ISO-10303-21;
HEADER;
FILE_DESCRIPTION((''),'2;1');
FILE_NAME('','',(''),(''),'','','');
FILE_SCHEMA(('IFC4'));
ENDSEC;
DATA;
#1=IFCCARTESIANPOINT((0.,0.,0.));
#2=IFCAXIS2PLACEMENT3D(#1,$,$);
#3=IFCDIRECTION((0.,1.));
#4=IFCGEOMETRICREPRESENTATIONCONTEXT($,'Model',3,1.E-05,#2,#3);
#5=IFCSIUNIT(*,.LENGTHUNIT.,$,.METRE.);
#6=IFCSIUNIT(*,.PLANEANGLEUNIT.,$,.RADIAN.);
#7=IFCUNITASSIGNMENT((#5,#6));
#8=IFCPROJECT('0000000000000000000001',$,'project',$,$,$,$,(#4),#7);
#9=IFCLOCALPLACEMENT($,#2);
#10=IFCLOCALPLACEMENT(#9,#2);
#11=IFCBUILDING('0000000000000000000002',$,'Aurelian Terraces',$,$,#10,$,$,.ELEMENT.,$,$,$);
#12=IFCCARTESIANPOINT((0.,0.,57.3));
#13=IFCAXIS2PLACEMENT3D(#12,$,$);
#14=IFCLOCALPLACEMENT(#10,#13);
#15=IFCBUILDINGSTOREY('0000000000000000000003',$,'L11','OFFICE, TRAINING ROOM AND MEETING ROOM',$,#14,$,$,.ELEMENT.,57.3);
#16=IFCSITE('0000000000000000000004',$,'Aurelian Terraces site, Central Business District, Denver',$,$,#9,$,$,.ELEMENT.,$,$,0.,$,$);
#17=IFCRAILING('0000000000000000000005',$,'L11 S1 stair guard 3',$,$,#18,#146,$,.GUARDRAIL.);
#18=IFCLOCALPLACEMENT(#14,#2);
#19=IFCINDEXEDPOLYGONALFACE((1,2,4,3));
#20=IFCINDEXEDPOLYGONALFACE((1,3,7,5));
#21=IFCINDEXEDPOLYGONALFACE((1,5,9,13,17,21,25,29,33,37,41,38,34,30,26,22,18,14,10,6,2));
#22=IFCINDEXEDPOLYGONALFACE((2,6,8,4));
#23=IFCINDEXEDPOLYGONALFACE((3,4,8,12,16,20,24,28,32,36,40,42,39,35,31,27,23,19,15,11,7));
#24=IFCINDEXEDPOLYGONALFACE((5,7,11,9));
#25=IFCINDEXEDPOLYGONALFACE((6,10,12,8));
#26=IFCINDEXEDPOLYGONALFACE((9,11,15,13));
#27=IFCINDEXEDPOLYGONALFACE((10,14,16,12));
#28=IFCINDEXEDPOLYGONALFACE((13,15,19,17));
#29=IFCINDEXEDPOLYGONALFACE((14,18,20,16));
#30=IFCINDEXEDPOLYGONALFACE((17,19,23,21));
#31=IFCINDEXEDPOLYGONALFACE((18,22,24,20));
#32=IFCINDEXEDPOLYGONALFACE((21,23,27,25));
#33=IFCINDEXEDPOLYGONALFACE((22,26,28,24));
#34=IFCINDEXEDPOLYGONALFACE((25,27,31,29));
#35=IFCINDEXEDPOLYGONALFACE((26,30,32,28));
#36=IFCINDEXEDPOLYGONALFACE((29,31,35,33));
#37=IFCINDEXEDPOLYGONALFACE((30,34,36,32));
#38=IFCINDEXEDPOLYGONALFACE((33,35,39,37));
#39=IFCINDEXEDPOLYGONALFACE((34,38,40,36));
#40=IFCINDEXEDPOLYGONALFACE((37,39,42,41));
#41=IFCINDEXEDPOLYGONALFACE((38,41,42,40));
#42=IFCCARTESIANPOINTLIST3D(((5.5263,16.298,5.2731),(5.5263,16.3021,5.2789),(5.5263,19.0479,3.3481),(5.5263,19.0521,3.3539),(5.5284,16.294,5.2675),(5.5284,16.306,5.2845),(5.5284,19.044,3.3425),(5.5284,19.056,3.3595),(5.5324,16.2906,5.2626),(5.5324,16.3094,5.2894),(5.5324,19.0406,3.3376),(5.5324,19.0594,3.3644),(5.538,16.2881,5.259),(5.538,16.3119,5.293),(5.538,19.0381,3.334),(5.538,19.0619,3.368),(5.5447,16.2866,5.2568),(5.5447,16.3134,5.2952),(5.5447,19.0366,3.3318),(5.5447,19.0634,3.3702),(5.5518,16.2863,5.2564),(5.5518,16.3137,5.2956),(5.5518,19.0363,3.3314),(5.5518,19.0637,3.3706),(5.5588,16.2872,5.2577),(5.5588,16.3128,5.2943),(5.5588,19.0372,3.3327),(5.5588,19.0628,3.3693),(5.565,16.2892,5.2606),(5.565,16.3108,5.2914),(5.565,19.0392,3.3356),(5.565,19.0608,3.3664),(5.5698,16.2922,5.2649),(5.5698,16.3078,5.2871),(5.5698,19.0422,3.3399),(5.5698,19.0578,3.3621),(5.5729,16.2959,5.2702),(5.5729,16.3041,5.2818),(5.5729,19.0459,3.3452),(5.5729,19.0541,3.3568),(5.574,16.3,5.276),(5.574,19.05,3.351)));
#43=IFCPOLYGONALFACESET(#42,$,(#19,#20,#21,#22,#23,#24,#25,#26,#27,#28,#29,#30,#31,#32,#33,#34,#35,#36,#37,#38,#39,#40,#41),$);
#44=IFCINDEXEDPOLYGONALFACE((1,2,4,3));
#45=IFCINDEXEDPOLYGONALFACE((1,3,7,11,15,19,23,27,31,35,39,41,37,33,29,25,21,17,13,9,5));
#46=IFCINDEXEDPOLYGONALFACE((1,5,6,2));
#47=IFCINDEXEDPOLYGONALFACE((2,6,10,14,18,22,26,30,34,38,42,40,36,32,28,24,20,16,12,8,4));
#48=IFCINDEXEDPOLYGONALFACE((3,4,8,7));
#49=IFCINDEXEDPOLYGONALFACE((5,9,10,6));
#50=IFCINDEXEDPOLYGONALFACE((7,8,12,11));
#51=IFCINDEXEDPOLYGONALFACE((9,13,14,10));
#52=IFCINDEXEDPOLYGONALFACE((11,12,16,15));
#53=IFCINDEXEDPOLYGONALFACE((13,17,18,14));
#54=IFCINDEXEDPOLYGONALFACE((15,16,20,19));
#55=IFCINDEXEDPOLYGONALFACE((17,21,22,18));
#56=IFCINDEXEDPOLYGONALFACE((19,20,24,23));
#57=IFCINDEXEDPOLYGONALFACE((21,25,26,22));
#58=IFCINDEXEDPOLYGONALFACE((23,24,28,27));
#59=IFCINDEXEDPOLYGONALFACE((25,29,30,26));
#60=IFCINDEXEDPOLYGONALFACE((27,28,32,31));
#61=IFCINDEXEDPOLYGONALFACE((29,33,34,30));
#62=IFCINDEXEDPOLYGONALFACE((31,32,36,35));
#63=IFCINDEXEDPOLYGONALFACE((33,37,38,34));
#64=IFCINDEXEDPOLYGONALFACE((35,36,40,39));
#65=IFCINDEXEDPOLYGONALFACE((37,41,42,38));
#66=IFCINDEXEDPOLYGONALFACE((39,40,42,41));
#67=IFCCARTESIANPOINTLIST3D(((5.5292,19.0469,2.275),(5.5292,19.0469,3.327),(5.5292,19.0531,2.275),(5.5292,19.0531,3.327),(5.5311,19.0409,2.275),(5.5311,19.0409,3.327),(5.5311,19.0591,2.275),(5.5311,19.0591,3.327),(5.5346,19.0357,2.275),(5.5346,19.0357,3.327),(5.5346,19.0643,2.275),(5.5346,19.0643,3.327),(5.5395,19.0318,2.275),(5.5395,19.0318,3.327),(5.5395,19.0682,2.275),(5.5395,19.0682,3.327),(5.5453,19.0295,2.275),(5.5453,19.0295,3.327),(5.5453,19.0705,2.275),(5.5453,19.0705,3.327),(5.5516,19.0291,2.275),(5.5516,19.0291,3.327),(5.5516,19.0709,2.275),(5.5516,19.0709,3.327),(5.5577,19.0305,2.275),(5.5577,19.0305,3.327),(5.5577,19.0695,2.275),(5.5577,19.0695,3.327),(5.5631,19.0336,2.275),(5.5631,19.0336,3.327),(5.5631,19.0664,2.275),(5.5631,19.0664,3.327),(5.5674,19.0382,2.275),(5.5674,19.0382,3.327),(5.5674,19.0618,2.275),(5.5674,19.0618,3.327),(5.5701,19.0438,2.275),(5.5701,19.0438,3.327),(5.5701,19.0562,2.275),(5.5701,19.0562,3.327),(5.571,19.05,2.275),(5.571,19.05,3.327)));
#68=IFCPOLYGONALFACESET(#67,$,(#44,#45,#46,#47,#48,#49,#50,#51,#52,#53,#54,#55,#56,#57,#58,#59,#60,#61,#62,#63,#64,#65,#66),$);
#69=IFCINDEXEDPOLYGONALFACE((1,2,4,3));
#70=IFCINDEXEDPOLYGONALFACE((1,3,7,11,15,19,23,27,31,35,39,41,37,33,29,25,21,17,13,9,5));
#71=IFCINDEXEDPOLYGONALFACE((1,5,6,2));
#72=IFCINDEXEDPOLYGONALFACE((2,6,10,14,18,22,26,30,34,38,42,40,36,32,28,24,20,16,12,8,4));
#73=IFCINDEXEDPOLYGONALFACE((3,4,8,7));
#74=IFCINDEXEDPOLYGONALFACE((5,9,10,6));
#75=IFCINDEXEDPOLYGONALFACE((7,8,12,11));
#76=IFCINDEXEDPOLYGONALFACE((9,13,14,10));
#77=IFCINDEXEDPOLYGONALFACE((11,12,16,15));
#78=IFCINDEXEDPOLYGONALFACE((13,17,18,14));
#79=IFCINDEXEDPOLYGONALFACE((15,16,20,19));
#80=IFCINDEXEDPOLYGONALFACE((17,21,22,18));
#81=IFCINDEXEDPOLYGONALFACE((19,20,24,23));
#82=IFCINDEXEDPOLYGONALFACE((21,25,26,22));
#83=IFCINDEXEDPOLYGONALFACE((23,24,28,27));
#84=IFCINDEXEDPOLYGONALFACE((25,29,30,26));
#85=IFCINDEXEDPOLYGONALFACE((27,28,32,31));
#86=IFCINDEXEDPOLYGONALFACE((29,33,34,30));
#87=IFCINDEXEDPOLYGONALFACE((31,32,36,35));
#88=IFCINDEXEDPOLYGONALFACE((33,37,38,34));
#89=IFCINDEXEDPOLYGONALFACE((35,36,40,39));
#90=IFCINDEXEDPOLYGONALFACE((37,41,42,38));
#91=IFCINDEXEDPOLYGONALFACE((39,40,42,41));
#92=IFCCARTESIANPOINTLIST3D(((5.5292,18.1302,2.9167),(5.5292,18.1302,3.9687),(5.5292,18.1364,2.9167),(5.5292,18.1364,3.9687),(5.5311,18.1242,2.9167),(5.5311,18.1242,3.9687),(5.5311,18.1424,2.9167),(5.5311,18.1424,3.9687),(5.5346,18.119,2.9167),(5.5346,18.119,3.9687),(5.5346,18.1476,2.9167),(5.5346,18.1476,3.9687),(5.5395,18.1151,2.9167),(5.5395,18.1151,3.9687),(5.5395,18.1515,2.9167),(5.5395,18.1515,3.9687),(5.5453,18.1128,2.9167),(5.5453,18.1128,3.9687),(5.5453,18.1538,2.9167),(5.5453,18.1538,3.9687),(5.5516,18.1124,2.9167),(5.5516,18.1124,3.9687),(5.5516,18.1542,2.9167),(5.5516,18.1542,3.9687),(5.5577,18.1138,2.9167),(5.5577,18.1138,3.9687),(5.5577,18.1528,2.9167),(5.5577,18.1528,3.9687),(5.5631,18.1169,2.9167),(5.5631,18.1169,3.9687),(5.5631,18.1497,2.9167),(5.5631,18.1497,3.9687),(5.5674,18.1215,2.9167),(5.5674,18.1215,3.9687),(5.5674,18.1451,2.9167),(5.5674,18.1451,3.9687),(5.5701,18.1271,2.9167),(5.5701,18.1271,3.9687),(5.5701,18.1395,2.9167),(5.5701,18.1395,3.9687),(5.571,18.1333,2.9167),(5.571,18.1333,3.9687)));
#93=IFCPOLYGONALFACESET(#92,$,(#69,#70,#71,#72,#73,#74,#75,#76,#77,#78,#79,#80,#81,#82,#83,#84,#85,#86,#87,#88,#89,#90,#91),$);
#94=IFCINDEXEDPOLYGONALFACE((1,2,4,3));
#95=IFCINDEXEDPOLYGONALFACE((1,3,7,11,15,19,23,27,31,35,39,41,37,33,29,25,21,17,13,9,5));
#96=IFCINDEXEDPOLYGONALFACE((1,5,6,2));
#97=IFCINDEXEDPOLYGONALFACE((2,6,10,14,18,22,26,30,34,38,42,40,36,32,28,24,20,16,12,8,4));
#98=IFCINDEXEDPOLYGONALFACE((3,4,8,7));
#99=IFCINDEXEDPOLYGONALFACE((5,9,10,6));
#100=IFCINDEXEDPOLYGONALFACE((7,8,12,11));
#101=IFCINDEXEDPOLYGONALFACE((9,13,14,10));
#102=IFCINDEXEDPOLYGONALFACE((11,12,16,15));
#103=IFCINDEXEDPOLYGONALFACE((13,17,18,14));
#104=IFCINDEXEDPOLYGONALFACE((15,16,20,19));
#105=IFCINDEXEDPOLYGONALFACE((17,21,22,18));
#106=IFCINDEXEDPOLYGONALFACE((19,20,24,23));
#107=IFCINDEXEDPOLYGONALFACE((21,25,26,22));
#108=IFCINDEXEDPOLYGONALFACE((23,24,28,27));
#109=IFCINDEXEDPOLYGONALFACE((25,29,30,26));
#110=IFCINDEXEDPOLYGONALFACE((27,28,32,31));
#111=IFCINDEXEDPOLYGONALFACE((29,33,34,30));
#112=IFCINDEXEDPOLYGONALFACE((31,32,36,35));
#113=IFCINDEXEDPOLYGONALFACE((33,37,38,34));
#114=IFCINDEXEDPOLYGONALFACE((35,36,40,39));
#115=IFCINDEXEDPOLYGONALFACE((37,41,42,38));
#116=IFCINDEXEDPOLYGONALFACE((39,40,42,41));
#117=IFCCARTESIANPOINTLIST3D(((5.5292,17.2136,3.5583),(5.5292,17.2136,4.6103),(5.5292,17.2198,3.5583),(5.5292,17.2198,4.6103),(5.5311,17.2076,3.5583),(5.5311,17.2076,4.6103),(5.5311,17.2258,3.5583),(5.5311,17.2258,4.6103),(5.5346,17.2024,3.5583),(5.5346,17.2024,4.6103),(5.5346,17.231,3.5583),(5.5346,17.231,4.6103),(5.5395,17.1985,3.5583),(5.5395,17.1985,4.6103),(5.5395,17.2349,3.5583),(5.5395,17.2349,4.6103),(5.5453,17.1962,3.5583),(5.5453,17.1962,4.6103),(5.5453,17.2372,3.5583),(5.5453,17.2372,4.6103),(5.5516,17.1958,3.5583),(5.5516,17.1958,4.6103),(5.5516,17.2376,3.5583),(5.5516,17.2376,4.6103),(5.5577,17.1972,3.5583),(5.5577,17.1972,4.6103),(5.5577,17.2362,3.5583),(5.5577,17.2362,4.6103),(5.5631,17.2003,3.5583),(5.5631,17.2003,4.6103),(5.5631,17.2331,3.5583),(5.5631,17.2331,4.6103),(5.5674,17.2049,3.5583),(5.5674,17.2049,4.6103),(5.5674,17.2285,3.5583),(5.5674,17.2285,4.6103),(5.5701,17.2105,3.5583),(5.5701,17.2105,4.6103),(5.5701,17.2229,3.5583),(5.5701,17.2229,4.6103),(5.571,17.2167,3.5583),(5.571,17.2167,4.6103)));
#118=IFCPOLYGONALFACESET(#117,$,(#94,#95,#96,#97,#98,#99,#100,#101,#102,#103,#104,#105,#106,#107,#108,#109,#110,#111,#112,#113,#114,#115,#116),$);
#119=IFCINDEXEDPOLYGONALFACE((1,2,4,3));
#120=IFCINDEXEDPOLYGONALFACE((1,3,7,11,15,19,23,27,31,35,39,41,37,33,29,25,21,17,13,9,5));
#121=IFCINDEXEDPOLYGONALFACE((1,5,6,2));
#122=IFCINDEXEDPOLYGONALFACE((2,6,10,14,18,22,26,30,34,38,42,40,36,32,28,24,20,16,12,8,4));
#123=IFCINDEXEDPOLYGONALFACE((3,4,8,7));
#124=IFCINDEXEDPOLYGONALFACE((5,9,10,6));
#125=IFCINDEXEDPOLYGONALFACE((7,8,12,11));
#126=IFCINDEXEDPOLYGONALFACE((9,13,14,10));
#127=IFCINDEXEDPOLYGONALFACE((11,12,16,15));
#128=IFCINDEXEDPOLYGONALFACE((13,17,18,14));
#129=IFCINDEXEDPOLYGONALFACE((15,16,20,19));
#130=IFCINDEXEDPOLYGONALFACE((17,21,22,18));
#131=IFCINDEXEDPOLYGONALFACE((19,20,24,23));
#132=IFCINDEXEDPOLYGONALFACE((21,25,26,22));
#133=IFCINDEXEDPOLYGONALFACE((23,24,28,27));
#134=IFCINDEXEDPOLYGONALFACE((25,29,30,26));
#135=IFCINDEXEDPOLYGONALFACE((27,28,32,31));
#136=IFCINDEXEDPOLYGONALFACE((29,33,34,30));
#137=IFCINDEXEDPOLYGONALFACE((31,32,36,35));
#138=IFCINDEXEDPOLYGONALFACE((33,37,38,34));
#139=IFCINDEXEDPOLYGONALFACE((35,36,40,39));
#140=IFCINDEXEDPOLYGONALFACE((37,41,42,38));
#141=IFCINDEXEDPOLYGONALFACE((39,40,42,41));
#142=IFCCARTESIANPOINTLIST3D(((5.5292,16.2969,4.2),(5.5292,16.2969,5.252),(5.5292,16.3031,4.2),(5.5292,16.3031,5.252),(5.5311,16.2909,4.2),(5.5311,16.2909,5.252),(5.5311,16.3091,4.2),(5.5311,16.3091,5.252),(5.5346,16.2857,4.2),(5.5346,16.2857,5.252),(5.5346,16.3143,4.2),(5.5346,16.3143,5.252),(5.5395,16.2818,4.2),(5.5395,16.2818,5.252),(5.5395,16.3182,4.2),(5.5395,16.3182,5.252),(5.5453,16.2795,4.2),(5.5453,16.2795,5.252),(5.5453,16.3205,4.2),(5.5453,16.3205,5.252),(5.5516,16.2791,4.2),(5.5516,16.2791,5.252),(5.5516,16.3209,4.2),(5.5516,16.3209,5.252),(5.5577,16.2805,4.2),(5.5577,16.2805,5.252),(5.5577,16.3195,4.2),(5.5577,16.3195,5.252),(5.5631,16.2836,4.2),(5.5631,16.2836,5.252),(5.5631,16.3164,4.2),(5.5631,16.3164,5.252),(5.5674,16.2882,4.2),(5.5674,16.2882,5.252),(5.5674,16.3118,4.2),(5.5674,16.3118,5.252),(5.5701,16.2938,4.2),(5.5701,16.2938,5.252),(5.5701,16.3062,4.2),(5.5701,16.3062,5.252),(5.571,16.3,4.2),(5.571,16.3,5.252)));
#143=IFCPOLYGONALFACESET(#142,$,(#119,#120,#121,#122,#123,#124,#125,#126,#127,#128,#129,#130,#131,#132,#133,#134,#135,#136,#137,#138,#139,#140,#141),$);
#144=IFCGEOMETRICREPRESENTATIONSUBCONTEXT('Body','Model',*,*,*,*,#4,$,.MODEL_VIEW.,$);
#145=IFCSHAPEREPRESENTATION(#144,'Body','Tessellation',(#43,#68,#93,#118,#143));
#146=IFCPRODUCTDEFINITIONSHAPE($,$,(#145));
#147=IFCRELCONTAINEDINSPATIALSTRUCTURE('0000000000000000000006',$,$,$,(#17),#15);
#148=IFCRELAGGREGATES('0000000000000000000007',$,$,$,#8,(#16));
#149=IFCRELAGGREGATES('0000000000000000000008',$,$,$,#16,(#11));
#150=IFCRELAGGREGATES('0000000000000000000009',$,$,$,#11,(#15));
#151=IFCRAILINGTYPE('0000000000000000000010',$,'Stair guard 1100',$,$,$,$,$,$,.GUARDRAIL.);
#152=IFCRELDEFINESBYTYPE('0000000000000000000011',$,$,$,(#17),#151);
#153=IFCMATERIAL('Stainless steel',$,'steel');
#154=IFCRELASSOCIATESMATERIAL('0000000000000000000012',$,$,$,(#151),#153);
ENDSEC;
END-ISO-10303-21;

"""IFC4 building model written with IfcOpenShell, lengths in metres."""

from ifc_helpers import new_model, si_unit, direction, frame, origin, origin_2d, place, context, subcontext, project, spatial, circle, extrude, source, transform, mapped, material, type_object, element, save


model = new_model("IFC4")

# Units and contexts
model_context = context("Model", 3, precision=1e-05, world=origin(), true_north=direction((0.0, 1.0)))
body_context = subcontext(model_context, "Body", "Model", "MODEL_VIEW")
ifc_project = project(units=[si_unit("LENGTHUNIT", "METRE"), si_unit("PLANEANGLEUNIT", "RADIAN")], contexts=[model_context])

# Site, building, storey
site_placement = place(None, origin())
site = spatial("IfcSite", under=ifc_project, at=site_placement, Name="Aurelian Terraces site, Central Business District, Denver", CompositionType="ELEMENT", RefElevation=0.0)
building_placement = place(site_placement, origin())
building = spatial("IfcBuilding", under=site, at=building_placement, Name="Aurelian Terraces", CompositionType="ELEMENT")
storey_placement = place(building_placement, frame((0.0, 0.0, 57.3)))
storey = spatial("IfcBuildingStorey", under=building, at=storey_placement, Name="L11", Description="OFFICE, TRAINING ROOM AND MEETING ROOM", CompositionType="ELEMENT", Elevation=57.3)

# Shared definitions
ifc_material_1 = material(Name="Stainless steel", Category="steel")

# Railing
railing_type_1 = type_object("IfcRailingType", Name="Stair guard 1100", PredefinedType="GUARDRAIL", material=ifc_material_1)
shared_shape_1 = source(origin(), body_context, "Body", "SweptSolid", [
    extrude(circle(Radius=0.024, at=origin_2d()), frame((0.0, 0.0, 1.076), z_axis=(0.0, -0.819232, 0.573462), x_axis=(1.0, 0.0, 0.0)), (0.0, 0.0, 1.0), 3.3568),
    extrude(circle(Radius=0.021, at=origin_2d()), origin(), (0.0, 0.0, 1.0), 1.052),
    extrude(circle(Radius=0.021, at=origin_2d()), frame((0.0, -0.9167, 0.6417)), (0.0, 0.0, 1.0), 1.052),
    extrude(circle(Radius=0.021, at=origin_2d()), frame((0.0, -1.8333, 1.2833)), (0.0, 0.0, 1.0), 1.052),
    extrude(circle(Radius=0.021, at=origin_2d()), frame((0.0, -2.75, 1.925)), (0.0, 0.0, 1.0), 1.052),
])
railing_1_placement = place(storey_placement, frame((5.55, 19.05, 2.275)))
element("IfcRailing", 1, at=railing_1_placement, inside=storey, type_object=railing_type_1, Name="L11 S1 stair guard 3", PredefinedType="GUARDRAIL", context=body_context, shape_type="MappedRepresentation", body=[
    mapped(shared_shape_1, transform((0.0, 0.0, 0.0), scale=1.0)),
])

save(model, "model.ifc")
